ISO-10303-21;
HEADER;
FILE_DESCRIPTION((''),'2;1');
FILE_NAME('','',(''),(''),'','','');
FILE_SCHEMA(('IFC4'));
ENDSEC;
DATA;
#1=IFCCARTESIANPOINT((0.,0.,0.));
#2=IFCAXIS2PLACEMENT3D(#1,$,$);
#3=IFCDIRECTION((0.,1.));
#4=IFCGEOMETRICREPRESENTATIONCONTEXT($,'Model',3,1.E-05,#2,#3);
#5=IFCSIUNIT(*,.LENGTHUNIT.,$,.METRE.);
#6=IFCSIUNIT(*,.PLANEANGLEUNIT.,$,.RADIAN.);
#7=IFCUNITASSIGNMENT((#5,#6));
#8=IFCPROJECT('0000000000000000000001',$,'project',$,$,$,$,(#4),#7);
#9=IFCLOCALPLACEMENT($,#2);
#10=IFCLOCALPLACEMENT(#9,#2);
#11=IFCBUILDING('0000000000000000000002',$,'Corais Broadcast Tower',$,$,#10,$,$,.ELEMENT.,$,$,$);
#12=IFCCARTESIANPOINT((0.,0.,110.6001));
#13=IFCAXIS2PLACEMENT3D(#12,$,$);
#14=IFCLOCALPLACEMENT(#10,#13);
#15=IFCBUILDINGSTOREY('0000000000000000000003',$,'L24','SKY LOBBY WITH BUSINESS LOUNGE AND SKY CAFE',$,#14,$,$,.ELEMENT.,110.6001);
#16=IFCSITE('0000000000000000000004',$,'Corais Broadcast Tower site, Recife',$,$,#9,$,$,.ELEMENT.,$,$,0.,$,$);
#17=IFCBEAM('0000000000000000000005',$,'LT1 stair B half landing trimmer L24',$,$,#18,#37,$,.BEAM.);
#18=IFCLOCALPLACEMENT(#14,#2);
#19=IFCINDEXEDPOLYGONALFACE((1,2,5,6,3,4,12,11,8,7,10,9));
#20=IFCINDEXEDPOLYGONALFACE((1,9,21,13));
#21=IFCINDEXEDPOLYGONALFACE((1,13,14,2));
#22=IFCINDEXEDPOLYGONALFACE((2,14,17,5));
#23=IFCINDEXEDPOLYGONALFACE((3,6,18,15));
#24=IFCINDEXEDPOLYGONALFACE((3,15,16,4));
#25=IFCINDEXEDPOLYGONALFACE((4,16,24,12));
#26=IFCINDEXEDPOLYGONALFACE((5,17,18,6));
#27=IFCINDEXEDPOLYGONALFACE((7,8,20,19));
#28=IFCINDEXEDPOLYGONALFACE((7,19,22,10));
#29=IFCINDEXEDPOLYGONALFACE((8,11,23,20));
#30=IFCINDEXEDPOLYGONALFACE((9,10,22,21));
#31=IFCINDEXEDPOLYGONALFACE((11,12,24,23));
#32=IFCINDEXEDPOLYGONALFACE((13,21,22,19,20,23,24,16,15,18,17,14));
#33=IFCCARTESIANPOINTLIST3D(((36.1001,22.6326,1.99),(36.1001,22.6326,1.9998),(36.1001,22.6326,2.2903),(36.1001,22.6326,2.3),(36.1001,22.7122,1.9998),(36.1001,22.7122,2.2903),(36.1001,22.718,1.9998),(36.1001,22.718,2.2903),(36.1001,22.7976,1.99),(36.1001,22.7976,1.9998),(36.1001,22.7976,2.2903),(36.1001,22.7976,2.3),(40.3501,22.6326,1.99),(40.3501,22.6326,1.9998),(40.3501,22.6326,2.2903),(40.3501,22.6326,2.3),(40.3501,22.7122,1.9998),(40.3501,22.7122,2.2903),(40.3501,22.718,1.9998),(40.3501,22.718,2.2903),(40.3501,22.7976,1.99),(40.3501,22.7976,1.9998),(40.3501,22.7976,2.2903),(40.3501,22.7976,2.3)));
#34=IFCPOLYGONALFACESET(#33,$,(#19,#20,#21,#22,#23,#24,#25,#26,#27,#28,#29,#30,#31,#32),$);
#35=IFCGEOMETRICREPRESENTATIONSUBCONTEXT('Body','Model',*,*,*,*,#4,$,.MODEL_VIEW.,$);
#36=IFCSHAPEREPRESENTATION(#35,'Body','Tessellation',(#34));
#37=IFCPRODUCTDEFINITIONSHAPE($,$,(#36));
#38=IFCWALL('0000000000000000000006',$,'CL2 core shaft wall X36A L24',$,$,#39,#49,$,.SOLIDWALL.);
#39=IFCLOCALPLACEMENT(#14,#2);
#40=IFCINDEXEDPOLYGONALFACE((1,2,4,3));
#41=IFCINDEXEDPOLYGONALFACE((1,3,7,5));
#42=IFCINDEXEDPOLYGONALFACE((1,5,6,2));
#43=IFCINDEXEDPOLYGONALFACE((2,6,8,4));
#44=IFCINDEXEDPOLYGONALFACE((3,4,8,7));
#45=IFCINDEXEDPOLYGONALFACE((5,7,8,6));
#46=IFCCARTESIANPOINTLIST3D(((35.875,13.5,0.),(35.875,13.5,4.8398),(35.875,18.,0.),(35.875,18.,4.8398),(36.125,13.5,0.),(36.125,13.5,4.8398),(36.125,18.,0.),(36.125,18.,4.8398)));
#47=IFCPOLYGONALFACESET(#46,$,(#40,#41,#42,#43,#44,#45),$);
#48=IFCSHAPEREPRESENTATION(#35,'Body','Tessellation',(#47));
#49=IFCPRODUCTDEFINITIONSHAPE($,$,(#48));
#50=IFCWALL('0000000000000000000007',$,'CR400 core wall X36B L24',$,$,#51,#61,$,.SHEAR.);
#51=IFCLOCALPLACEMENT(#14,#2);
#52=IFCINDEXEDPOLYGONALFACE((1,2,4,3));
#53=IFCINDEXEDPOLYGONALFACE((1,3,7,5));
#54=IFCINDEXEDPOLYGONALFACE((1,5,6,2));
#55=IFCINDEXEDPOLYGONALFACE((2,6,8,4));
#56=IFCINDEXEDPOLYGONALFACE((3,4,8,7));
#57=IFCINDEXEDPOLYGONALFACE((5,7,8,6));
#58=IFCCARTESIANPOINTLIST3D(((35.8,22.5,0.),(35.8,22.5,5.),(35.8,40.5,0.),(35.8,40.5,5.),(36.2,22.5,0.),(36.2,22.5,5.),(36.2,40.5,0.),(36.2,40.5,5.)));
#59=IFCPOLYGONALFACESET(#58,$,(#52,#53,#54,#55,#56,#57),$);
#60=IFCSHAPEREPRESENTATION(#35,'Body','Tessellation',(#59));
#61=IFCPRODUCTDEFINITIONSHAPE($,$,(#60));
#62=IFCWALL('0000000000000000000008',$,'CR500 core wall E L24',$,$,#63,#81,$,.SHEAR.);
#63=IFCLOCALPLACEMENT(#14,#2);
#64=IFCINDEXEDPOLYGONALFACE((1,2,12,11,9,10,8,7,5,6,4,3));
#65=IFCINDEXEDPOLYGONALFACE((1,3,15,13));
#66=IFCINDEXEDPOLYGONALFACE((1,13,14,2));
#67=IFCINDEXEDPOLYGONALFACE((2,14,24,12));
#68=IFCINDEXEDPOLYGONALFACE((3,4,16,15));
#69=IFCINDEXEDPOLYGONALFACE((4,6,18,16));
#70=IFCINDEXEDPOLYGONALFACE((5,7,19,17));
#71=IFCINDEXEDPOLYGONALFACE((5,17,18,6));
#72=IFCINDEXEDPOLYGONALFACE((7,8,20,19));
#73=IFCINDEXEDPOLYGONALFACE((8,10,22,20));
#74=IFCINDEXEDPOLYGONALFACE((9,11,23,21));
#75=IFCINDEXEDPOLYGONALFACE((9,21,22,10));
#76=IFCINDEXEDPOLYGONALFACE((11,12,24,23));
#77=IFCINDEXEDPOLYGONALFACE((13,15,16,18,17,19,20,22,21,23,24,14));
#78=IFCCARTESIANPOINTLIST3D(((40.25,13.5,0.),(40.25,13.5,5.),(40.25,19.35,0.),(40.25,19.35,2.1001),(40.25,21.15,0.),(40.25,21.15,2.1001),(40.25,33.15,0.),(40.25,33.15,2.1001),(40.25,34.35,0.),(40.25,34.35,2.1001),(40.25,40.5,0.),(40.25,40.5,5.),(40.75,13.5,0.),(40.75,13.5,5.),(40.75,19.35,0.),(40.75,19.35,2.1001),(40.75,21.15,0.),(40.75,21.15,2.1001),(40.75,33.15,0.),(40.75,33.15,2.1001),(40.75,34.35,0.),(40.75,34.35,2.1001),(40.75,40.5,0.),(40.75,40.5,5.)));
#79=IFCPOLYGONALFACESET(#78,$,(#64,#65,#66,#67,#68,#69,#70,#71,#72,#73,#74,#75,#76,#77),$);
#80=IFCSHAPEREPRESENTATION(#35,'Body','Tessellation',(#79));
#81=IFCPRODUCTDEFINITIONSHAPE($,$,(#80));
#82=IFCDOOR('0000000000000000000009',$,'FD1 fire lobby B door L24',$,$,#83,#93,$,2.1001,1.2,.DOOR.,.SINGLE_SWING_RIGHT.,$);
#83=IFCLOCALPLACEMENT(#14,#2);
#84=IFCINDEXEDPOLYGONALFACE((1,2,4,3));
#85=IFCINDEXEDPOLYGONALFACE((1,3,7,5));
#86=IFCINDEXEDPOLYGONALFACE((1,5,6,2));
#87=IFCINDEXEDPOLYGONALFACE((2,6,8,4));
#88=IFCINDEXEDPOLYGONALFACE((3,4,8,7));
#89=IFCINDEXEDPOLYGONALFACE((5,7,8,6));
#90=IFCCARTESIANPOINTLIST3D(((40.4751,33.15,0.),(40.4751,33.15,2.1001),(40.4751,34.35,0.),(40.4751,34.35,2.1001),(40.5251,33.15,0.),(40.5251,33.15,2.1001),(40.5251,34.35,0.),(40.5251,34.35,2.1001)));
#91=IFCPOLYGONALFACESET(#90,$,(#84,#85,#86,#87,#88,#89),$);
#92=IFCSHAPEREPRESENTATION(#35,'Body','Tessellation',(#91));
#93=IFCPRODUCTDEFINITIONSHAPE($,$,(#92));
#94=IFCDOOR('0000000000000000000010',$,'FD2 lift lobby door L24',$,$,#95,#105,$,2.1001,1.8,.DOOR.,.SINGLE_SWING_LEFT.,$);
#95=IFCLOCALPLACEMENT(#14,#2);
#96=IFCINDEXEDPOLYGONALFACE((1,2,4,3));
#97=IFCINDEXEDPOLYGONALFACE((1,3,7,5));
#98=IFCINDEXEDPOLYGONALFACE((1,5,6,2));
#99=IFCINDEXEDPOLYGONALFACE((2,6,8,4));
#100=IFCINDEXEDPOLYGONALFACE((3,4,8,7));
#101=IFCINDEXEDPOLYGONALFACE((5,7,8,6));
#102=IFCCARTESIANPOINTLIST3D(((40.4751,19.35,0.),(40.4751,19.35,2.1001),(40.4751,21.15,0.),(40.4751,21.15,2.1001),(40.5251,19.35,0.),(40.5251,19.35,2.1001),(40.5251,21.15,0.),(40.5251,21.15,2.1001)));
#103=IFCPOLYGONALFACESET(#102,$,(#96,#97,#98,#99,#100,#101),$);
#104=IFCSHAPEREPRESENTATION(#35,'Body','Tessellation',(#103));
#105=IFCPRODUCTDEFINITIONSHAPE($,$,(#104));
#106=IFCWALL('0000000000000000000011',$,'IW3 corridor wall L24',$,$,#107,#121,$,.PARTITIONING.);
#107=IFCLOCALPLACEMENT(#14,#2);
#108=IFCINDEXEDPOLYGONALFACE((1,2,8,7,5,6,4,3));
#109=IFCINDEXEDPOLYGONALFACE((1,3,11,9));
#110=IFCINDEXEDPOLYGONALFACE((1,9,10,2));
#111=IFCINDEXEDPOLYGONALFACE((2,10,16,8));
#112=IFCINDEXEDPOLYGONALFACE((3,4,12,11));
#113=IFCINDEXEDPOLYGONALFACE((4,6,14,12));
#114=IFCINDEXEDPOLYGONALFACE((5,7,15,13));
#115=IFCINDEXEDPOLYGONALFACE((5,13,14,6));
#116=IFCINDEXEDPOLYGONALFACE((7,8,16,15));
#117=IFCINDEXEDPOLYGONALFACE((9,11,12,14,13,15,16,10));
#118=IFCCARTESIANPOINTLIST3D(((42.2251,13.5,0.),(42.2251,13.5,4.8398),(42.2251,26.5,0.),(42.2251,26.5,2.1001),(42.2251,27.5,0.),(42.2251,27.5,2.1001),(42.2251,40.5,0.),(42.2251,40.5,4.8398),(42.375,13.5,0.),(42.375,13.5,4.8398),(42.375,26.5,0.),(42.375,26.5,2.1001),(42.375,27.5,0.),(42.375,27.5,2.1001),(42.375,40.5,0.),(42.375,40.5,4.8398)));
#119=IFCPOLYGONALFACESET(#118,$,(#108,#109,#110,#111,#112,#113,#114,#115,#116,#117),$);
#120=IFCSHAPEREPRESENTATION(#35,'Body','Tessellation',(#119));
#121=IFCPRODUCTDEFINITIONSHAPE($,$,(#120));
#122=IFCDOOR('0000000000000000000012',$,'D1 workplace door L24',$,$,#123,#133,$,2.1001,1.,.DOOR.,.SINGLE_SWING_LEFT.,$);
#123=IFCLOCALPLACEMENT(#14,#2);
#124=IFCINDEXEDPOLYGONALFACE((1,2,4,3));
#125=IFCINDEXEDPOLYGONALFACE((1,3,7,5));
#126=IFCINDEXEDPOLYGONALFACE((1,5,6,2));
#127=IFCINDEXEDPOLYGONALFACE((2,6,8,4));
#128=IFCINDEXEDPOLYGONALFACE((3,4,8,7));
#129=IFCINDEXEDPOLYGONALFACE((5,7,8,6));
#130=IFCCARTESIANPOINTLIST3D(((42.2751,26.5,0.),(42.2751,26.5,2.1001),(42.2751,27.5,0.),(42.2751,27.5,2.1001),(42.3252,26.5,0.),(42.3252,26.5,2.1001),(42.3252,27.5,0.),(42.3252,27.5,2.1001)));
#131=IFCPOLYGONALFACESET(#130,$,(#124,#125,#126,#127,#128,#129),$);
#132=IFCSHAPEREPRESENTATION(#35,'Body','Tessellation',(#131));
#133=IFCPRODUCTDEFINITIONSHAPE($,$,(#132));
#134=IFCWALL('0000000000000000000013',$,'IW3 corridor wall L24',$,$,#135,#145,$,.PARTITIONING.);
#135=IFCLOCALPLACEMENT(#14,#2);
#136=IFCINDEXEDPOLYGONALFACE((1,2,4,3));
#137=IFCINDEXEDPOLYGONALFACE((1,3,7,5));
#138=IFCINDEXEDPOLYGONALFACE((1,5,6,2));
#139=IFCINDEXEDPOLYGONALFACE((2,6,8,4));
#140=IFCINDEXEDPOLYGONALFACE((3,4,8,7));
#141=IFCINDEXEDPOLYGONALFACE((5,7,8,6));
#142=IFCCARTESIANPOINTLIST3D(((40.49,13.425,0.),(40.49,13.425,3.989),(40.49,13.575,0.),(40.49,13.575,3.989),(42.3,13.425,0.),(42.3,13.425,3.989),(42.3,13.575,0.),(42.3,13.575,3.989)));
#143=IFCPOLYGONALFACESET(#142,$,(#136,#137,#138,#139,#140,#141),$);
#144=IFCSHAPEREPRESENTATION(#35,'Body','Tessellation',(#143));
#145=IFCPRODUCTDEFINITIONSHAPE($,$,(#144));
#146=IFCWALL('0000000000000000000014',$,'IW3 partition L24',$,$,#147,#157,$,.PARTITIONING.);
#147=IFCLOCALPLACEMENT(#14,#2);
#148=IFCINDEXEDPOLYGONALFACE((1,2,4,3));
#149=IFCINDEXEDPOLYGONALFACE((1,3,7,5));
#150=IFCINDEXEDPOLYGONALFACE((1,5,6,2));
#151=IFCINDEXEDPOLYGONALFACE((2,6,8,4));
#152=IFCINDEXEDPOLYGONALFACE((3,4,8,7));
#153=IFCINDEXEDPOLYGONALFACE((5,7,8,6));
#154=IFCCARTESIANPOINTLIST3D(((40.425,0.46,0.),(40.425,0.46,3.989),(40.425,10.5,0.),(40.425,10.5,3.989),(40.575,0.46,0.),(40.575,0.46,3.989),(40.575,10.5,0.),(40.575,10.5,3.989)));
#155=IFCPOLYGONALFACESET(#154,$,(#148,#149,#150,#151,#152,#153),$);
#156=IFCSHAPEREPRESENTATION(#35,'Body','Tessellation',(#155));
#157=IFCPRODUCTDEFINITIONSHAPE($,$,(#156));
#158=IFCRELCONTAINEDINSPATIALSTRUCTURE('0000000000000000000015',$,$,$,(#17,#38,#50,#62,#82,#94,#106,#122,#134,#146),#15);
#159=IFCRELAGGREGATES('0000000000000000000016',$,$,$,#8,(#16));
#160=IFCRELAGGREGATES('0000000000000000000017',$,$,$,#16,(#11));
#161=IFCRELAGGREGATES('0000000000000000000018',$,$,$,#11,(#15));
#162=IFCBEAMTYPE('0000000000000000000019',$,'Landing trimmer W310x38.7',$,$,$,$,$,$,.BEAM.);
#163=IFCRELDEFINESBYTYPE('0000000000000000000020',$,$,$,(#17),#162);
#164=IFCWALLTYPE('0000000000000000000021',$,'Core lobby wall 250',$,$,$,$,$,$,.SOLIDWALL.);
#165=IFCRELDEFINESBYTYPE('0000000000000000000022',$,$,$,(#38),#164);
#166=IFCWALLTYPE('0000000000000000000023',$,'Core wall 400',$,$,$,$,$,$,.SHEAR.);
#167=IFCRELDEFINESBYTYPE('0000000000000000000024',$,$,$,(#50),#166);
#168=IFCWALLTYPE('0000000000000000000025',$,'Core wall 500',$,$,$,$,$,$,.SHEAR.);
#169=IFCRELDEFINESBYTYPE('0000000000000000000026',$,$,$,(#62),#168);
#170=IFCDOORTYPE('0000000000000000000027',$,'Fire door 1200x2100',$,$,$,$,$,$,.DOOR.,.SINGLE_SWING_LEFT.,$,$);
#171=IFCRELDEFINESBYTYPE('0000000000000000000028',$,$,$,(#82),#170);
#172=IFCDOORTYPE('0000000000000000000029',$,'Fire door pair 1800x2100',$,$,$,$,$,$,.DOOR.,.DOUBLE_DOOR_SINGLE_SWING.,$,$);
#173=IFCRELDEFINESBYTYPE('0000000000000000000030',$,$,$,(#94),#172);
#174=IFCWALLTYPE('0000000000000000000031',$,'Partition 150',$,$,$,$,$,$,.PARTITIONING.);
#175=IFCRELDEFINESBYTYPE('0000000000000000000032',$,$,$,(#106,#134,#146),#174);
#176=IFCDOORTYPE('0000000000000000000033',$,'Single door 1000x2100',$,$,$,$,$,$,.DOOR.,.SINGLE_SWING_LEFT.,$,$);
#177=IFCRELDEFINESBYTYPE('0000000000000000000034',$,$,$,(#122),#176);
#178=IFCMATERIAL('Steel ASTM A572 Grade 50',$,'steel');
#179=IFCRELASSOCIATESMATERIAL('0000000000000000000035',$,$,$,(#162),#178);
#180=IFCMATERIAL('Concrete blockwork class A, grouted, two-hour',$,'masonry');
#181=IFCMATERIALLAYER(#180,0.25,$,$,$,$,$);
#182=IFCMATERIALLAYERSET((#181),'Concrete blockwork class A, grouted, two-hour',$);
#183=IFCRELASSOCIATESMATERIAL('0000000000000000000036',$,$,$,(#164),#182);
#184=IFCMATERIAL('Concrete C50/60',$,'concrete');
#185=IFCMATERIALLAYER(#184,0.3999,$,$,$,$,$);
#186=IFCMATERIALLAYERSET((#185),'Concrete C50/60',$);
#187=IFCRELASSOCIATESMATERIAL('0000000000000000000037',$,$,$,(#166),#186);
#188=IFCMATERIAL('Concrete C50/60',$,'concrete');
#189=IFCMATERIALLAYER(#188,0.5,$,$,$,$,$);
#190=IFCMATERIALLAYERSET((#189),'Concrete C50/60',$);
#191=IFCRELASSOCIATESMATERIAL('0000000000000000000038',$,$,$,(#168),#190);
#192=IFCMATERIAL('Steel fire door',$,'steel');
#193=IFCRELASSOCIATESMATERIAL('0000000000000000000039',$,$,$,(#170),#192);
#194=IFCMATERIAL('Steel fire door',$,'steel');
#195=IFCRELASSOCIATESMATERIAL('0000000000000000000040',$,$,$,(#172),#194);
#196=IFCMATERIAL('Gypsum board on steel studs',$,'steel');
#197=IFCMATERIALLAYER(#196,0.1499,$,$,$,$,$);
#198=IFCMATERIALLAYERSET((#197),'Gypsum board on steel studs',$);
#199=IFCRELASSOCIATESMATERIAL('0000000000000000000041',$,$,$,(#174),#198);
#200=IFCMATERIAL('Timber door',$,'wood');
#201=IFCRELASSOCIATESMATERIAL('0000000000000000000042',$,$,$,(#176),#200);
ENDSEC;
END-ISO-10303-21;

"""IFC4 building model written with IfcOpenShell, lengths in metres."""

from ifc_helpers import new_model, si_unit, direction, frame, frame_2d, origin, origin_2d, place, context, subcontext, project, spatial, rectangle, i_section, extrude, material, layer, layer_set, material_profile, profile_set, type_object, element, fill, save


model = new_model("IFC4")

# Units and contexts
model_context = context("Model", 3, precision=1e-05, world=origin(), true_north=direction((0.0, 1.0)))
body_context = subcontext(model_context, "Body", "Model", "MODEL_VIEW")
ifc_project = project(units=[si_unit("LENGTHUNIT", "METRE"), si_unit("PLANEANGLEUNIT", "RADIAN")], contexts=[model_context])

# Site, building, storey
site_placement = place(None, origin())
site = spatial("IfcSite", under=ifc_project, at=site_placement, Name="Corais Broadcast Tower site, Recife", CompositionType="ELEMENT", RefElevation=0.0)
building_placement = place(site_placement, origin())
building = spatial("IfcBuilding", under=site, at=building_placement, Name="Corais Broadcast Tower", CompositionType="ELEMENT")
storey_placement = place(building_placement, frame((0.0, 0.0, 110.6001)))
storey = spatial("IfcBuildingStorey", under=building, at=storey_placement, Name="L24", Description="SKY LOBBY WITH BUSINESS LOUNGE AND SKY CAFE", CompositionType="ELEMENT", Elevation=110.6001)

# Beam
ifc_material_1 = material(Name="Steel ASTM A572 Grade 50", Category="steel")
ifc_material_profile = material_profile(ifc_material_1, i_section(OverallWidth=0.165, OverallDepth=0.3101, WebThickness=0.0059, FlangeThickness=0.0098, at=origin_2d()), Name="W310x38.7")
ifc_profile_set = profile_set([ifc_material_profile], Name="Steel ASTM A572 Grade 50")
beam_type = type_object("IfcBeamType", Name="Landing trimmer W310x38.7", PredefinedType="BEAM", material=ifc_profile_set)
beam_placement = place(storey_placement, frame((36.1001, 22.7151, 2.145), z_axis=(1.0, 0.0, 0.0), x_axis=(0.0, 1.0, 0.0)))
element("IfcBeam", 1, at=beam_placement, inside=storey, type_object=beam_type, Name="LT1 stair B half landing trimmer L24", PredefinedType="BEAM", context=body_context, shape_type="SweptSolid", body=[
    extrude(i_section(OverallWidth=0.165, OverallDepth=0.3101, WebThickness=0.0059, FlangeThickness=0.0098, at=origin_2d()), origin(), (0.0, 0.0, 1.0), 4.25),
])

# Walls
ifc_material_2 = material(Name="Concrete blockwork class A, grouted, two-hour", Category="masonry")
ifc_layer_1 = layer(ifc_material_2, 0.25)
ifc_layer_set_1 = layer_set([ifc_layer_1], Name="Concrete blockwork class A, grouted, two-hour")
wall_type_1 = type_object("IfcWallType", Name="Core lobby wall 250", PredefinedType="SOLIDWALL", material=ifc_layer_set_1)
wall_1_placement = place(storey_placement, frame((36.0, 13.5, 0.0), z_axis=(0.0, 0.0, 1.0), x_axis=(0.0, 1.0, 0.0)))
element("IfcWall", 2, at=wall_1_placement, inside=storey, type_object=wall_type_1, Name="CL2 core shaft wall X36A L24", PredefinedType="SOLIDWALL", context=body_context, shape_type="SweptSolid", body=[
    extrude(rectangle(XDim=4.5, YDim=0.25, at=frame_2d((2.25, 0.0))), origin(), (0.0, 0.0, 1.0), 4.8398),
])
ifc_material_3 = material(Name="Concrete C50/60", Category="concrete")
ifc_layer_2 = layer(ifc_material_3, 0.3999)
ifc_layer_set_2 = layer_set([ifc_layer_2], Name="Concrete C50/60")
wall_type_2 = type_object("IfcWallType", Name="Core wall 400", PredefinedType="SHEAR", material=ifc_layer_set_2)
wall_2_placement = place(storey_placement, frame((36.0, 22.5, 0.0), z_axis=(0.0, 0.0, 1.0), x_axis=(0.0, 1.0, 0.0)))
element("IfcWall", 3, at=wall_2_placement, inside=storey, type_object=wall_type_2, Name="CR400 core wall X36B L24", PredefinedType="SHEAR", context=body_context, shape_type="SweptSolid", body=[
    extrude(rectangle(XDim=18.0, YDim=0.3999, at=frame_2d((9.0, 0.0))), origin(), (0.0, 0.0, 1.0), 5.0),
])

# Wall, openings, doors
ifc_material_4 = material(Name="Concrete C50/60", Category="concrete")
ifc_layer_3 = layer(ifc_material_4, 0.5)
ifc_layer_set_3 = layer_set([ifc_layer_3], Name="Concrete C50/60")
wall_type_3 = type_object("IfcWallType", Name="Core wall 500", PredefinedType="SHEAR", material=ifc_layer_set_3)
wall_3_placement = place(storey_placement, frame((40.5, 13.5, 0.0), z_axis=(0.0, 0.0, 1.0), x_axis=(0.0, 1.0, 0.0)))
wall_3 = element("IfcWall", 4, at=wall_3_placement, inside=storey, type_object=wall_type_3, Name="CR500 core wall E L24", PredefinedType="SHEAR", context=body_context, shape_type="SweptSolid", body=[
    extrude(rectangle(XDim=27.0, YDim=0.5, at=frame_2d((13.5, 0.0))), origin(), (0.0, 0.0, 1.0), 5.0),
])
opening_1_placement = place(wall_3_placement, frame((5.8501, 0.0, 0.0)))
opening_1 = element("IfcOpeningElement", 5, at=opening_1_placement, cuts=wall_3, PredefinedType="OPENING", context=body_context, shape_type="SweptSolid", body=[
    extrude(rectangle(XDim=1.8, YDim=2.1001, at=frame_2d((0.8999, 1.05))), frame((0.0, 0.26, 0.0), z_axis=(0.0, -1.0, 0.0), x_axis=(1.0, 0.0, 0.0)), (0.0, 0.0, 1.0), 0.52),
])
opening_2_placement = place(wall_3_placement, frame((19.6499, 0.0, 0.0)))
opening_2 = element("IfcOpeningElement", 6, at=opening_2_placement, cuts=wall_3, PredefinedType="OPENING", context=body_context, shape_type="SweptSolid", body=[
    extrude(rectangle(XDim=1.2, YDim=2.1001, at=frame_2d((0.6001, 1.05))), frame((0.0, 0.26, 0.0), z_axis=(0.0, -1.0, 0.0), x_axis=(1.0, 0.0, 0.0)), (0.0, 0.0, 1.0), 0.52),
])
ifc_material_5 = material(Name="Steel fire door", Category="steel")
door_type_1 = type_object("IfcDoorType", Name="Fire door 1200x2100", OperationType="SINGLE_SWING_LEFT", PredefinedType="DOOR", material=ifc_material_5)
door_1_placement = place(opening_2_placement, origin())
door_1 = element("IfcDoor", 7, at=door_1_placement, inside=storey, type_object=door_type_1, Name="FD1 fire lobby B door L24", OperationType="SINGLE_SWING_RIGHT", OverallHeight=2.1001, OverallWidth=1.2, PredefinedType="DOOR", context=body_context, shape_type="SweptSolid", body=[
    extrude(rectangle(XDim=1.2, YDim=2.1001, at=frame_2d((0.6001, 1.05))), frame((0.0, 0.0249, 0.0), z_axis=(0.0, -1.0, 0.0), x_axis=(1.0, 0.0, 0.0)), (0.0, 0.0, 1.0), 0.05),
])
fill(opening_2, door_1)
ifc_material_6 = material(Name="Steel fire door", Category="steel")
door_type_2 = type_object("IfcDoorType", Name="Fire door pair 1800x2100", OperationType="DOUBLE_DOOR_SINGLE_SWING", PredefinedType="DOOR", material=ifc_material_6)
door_2_placement = place(opening_1_placement, origin())
door_2 = element("IfcDoor", 8, at=door_2_placement, inside=storey, type_object=door_type_2, Name="FD2 lift lobby door L24", OperationType="SINGLE_SWING_LEFT", OverallHeight=2.1001, OverallWidth=1.8, PredefinedType="DOOR", context=body_context, shape_type="SweptSolid", body=[
    extrude(rectangle(XDim=1.8, YDim=2.1001, at=frame_2d((0.8999, 1.05))), frame((0.0, 0.0249, 0.0), z_axis=(0.0, -1.0, 0.0), x_axis=(1.0, 0.0, 0.0)), (0.0, 0.0, 1.0), 0.05),
])
fill(opening_1, door_2)

# Wall, opening, door
ifc_material_7 = material(Name="Gypsum board on steel studs", Category="steel")
ifc_layer_4 = layer(ifc_material_7, 0.1499)
ifc_layer_set_4 = layer_set([ifc_layer_4], Name="Gypsum board on steel studs")
wall_type_4 = type_object("IfcWallType", Name="Partition 150", PredefinedType="PARTITIONING", material=ifc_layer_set_4)
wall_4_placement = place(storey_placement, frame((42.3, 13.5, 0.0), z_axis=(0.0, 0.0, 1.0), x_axis=(0.0, 1.0, 0.0)))
wall_4 = element("IfcWall", 9, at=wall_4_placement, inside=storey, type_object=wall_type_4, Name="IW3 corridor wall L24", PredefinedType="PARTITIONING", context=body_context, shape_type="SweptSolid", body=[
    extrude(rectangle(XDim=27.0, YDim=0.1499, at=frame_2d((13.5, 0.0))), origin(), (0.0, 0.0, 1.0), 4.8398),
])
opening_3_placement = place(wall_4_placement, frame((13.0, 0.0, 0.0)))
opening_3 = element("IfcOpeningElement", 10, at=opening_3_placement, cuts=wall_4, PredefinedType="OPENING", context=body_context, shape_type="SweptSolid", body=[
    extrude(rectangle(XDim=1.0, YDim=2.1001, at=frame_2d((0.5, 1.05))), frame((0.0, 0.085, 0.0), z_axis=(0.0, -1.0, 0.0), x_axis=(1.0, 0.0, 0.0)), (0.0, 0.0, 1.0), 0.1699),
])
ifc_material_8 = material(Name="Timber door", Category="wood")
door_type_3 = type_object("IfcDoorType", Name="Single door 1000x2100", OperationType="SINGLE_SWING_LEFT", PredefinedType="DOOR", material=ifc_material_8)
door_3_placement = place(opening_3_placement, origin())
door_3 = element("IfcDoor", 11, at=door_3_placement, inside=storey, type_object=door_type_3, Name="D1 workplace door L24", OperationType="SINGLE_SWING_LEFT", OverallHeight=2.1001, OverallWidth=1.0, PredefinedType="DOOR", context=body_context, shape_type="SweptSolid", body=[
    extrude(rectangle(XDim=1.0, YDim=2.1001, at=frame_2d((0.5, 1.05))), frame((0.0, 0.0249, 0.0), z_axis=(0.0, -1.0, 0.0), x_axis=(1.0, 0.0, 0.0)), (0.0, 0.0, 1.0), 0.05),
])
fill(opening_3, door_3)

# Walls
wall_5_placement = place(storey_placement, frame((40.49, 13.5, 0.0), z_axis=(0.0, 0.0, 1.0), x_axis=(1.0, 0.0, 0.0)))
element("IfcWall", 12, at=wall_5_placement, inside=storey, type_object=wall_type_4, Name="IW3 corridor wall L24", PredefinedType="PARTITIONING", context=body_context, shape_type="SweptSolid", body=[
    extrude(rectangle(XDim=1.8101, YDim=0.1499, at=frame_2d((0.905, 0.0))), origin(), (0.0, 0.0, 1.0), 3.989),
])
wall_6_placement = place(storey_placement, frame((40.5, 0.46, 0.0), z_axis=(0.0, 0.0, 1.0), x_axis=(0.0, 1.0, 0.0)))
element("IfcWall", 13, at=wall_6_placement, inside=storey, type_object=wall_type_4, Name="IW3 partition L24", PredefinedType="PARTITIONING", context=body_context, shape_type="SweptSolid", body=[
    extrude(rectangle(XDim=10.04, YDim=0.1499, at=frame_2d((5.02, 0.0))), origin(), (0.0, 0.0, 1.0), 3.989),
])

save(model, "model.ifc")
